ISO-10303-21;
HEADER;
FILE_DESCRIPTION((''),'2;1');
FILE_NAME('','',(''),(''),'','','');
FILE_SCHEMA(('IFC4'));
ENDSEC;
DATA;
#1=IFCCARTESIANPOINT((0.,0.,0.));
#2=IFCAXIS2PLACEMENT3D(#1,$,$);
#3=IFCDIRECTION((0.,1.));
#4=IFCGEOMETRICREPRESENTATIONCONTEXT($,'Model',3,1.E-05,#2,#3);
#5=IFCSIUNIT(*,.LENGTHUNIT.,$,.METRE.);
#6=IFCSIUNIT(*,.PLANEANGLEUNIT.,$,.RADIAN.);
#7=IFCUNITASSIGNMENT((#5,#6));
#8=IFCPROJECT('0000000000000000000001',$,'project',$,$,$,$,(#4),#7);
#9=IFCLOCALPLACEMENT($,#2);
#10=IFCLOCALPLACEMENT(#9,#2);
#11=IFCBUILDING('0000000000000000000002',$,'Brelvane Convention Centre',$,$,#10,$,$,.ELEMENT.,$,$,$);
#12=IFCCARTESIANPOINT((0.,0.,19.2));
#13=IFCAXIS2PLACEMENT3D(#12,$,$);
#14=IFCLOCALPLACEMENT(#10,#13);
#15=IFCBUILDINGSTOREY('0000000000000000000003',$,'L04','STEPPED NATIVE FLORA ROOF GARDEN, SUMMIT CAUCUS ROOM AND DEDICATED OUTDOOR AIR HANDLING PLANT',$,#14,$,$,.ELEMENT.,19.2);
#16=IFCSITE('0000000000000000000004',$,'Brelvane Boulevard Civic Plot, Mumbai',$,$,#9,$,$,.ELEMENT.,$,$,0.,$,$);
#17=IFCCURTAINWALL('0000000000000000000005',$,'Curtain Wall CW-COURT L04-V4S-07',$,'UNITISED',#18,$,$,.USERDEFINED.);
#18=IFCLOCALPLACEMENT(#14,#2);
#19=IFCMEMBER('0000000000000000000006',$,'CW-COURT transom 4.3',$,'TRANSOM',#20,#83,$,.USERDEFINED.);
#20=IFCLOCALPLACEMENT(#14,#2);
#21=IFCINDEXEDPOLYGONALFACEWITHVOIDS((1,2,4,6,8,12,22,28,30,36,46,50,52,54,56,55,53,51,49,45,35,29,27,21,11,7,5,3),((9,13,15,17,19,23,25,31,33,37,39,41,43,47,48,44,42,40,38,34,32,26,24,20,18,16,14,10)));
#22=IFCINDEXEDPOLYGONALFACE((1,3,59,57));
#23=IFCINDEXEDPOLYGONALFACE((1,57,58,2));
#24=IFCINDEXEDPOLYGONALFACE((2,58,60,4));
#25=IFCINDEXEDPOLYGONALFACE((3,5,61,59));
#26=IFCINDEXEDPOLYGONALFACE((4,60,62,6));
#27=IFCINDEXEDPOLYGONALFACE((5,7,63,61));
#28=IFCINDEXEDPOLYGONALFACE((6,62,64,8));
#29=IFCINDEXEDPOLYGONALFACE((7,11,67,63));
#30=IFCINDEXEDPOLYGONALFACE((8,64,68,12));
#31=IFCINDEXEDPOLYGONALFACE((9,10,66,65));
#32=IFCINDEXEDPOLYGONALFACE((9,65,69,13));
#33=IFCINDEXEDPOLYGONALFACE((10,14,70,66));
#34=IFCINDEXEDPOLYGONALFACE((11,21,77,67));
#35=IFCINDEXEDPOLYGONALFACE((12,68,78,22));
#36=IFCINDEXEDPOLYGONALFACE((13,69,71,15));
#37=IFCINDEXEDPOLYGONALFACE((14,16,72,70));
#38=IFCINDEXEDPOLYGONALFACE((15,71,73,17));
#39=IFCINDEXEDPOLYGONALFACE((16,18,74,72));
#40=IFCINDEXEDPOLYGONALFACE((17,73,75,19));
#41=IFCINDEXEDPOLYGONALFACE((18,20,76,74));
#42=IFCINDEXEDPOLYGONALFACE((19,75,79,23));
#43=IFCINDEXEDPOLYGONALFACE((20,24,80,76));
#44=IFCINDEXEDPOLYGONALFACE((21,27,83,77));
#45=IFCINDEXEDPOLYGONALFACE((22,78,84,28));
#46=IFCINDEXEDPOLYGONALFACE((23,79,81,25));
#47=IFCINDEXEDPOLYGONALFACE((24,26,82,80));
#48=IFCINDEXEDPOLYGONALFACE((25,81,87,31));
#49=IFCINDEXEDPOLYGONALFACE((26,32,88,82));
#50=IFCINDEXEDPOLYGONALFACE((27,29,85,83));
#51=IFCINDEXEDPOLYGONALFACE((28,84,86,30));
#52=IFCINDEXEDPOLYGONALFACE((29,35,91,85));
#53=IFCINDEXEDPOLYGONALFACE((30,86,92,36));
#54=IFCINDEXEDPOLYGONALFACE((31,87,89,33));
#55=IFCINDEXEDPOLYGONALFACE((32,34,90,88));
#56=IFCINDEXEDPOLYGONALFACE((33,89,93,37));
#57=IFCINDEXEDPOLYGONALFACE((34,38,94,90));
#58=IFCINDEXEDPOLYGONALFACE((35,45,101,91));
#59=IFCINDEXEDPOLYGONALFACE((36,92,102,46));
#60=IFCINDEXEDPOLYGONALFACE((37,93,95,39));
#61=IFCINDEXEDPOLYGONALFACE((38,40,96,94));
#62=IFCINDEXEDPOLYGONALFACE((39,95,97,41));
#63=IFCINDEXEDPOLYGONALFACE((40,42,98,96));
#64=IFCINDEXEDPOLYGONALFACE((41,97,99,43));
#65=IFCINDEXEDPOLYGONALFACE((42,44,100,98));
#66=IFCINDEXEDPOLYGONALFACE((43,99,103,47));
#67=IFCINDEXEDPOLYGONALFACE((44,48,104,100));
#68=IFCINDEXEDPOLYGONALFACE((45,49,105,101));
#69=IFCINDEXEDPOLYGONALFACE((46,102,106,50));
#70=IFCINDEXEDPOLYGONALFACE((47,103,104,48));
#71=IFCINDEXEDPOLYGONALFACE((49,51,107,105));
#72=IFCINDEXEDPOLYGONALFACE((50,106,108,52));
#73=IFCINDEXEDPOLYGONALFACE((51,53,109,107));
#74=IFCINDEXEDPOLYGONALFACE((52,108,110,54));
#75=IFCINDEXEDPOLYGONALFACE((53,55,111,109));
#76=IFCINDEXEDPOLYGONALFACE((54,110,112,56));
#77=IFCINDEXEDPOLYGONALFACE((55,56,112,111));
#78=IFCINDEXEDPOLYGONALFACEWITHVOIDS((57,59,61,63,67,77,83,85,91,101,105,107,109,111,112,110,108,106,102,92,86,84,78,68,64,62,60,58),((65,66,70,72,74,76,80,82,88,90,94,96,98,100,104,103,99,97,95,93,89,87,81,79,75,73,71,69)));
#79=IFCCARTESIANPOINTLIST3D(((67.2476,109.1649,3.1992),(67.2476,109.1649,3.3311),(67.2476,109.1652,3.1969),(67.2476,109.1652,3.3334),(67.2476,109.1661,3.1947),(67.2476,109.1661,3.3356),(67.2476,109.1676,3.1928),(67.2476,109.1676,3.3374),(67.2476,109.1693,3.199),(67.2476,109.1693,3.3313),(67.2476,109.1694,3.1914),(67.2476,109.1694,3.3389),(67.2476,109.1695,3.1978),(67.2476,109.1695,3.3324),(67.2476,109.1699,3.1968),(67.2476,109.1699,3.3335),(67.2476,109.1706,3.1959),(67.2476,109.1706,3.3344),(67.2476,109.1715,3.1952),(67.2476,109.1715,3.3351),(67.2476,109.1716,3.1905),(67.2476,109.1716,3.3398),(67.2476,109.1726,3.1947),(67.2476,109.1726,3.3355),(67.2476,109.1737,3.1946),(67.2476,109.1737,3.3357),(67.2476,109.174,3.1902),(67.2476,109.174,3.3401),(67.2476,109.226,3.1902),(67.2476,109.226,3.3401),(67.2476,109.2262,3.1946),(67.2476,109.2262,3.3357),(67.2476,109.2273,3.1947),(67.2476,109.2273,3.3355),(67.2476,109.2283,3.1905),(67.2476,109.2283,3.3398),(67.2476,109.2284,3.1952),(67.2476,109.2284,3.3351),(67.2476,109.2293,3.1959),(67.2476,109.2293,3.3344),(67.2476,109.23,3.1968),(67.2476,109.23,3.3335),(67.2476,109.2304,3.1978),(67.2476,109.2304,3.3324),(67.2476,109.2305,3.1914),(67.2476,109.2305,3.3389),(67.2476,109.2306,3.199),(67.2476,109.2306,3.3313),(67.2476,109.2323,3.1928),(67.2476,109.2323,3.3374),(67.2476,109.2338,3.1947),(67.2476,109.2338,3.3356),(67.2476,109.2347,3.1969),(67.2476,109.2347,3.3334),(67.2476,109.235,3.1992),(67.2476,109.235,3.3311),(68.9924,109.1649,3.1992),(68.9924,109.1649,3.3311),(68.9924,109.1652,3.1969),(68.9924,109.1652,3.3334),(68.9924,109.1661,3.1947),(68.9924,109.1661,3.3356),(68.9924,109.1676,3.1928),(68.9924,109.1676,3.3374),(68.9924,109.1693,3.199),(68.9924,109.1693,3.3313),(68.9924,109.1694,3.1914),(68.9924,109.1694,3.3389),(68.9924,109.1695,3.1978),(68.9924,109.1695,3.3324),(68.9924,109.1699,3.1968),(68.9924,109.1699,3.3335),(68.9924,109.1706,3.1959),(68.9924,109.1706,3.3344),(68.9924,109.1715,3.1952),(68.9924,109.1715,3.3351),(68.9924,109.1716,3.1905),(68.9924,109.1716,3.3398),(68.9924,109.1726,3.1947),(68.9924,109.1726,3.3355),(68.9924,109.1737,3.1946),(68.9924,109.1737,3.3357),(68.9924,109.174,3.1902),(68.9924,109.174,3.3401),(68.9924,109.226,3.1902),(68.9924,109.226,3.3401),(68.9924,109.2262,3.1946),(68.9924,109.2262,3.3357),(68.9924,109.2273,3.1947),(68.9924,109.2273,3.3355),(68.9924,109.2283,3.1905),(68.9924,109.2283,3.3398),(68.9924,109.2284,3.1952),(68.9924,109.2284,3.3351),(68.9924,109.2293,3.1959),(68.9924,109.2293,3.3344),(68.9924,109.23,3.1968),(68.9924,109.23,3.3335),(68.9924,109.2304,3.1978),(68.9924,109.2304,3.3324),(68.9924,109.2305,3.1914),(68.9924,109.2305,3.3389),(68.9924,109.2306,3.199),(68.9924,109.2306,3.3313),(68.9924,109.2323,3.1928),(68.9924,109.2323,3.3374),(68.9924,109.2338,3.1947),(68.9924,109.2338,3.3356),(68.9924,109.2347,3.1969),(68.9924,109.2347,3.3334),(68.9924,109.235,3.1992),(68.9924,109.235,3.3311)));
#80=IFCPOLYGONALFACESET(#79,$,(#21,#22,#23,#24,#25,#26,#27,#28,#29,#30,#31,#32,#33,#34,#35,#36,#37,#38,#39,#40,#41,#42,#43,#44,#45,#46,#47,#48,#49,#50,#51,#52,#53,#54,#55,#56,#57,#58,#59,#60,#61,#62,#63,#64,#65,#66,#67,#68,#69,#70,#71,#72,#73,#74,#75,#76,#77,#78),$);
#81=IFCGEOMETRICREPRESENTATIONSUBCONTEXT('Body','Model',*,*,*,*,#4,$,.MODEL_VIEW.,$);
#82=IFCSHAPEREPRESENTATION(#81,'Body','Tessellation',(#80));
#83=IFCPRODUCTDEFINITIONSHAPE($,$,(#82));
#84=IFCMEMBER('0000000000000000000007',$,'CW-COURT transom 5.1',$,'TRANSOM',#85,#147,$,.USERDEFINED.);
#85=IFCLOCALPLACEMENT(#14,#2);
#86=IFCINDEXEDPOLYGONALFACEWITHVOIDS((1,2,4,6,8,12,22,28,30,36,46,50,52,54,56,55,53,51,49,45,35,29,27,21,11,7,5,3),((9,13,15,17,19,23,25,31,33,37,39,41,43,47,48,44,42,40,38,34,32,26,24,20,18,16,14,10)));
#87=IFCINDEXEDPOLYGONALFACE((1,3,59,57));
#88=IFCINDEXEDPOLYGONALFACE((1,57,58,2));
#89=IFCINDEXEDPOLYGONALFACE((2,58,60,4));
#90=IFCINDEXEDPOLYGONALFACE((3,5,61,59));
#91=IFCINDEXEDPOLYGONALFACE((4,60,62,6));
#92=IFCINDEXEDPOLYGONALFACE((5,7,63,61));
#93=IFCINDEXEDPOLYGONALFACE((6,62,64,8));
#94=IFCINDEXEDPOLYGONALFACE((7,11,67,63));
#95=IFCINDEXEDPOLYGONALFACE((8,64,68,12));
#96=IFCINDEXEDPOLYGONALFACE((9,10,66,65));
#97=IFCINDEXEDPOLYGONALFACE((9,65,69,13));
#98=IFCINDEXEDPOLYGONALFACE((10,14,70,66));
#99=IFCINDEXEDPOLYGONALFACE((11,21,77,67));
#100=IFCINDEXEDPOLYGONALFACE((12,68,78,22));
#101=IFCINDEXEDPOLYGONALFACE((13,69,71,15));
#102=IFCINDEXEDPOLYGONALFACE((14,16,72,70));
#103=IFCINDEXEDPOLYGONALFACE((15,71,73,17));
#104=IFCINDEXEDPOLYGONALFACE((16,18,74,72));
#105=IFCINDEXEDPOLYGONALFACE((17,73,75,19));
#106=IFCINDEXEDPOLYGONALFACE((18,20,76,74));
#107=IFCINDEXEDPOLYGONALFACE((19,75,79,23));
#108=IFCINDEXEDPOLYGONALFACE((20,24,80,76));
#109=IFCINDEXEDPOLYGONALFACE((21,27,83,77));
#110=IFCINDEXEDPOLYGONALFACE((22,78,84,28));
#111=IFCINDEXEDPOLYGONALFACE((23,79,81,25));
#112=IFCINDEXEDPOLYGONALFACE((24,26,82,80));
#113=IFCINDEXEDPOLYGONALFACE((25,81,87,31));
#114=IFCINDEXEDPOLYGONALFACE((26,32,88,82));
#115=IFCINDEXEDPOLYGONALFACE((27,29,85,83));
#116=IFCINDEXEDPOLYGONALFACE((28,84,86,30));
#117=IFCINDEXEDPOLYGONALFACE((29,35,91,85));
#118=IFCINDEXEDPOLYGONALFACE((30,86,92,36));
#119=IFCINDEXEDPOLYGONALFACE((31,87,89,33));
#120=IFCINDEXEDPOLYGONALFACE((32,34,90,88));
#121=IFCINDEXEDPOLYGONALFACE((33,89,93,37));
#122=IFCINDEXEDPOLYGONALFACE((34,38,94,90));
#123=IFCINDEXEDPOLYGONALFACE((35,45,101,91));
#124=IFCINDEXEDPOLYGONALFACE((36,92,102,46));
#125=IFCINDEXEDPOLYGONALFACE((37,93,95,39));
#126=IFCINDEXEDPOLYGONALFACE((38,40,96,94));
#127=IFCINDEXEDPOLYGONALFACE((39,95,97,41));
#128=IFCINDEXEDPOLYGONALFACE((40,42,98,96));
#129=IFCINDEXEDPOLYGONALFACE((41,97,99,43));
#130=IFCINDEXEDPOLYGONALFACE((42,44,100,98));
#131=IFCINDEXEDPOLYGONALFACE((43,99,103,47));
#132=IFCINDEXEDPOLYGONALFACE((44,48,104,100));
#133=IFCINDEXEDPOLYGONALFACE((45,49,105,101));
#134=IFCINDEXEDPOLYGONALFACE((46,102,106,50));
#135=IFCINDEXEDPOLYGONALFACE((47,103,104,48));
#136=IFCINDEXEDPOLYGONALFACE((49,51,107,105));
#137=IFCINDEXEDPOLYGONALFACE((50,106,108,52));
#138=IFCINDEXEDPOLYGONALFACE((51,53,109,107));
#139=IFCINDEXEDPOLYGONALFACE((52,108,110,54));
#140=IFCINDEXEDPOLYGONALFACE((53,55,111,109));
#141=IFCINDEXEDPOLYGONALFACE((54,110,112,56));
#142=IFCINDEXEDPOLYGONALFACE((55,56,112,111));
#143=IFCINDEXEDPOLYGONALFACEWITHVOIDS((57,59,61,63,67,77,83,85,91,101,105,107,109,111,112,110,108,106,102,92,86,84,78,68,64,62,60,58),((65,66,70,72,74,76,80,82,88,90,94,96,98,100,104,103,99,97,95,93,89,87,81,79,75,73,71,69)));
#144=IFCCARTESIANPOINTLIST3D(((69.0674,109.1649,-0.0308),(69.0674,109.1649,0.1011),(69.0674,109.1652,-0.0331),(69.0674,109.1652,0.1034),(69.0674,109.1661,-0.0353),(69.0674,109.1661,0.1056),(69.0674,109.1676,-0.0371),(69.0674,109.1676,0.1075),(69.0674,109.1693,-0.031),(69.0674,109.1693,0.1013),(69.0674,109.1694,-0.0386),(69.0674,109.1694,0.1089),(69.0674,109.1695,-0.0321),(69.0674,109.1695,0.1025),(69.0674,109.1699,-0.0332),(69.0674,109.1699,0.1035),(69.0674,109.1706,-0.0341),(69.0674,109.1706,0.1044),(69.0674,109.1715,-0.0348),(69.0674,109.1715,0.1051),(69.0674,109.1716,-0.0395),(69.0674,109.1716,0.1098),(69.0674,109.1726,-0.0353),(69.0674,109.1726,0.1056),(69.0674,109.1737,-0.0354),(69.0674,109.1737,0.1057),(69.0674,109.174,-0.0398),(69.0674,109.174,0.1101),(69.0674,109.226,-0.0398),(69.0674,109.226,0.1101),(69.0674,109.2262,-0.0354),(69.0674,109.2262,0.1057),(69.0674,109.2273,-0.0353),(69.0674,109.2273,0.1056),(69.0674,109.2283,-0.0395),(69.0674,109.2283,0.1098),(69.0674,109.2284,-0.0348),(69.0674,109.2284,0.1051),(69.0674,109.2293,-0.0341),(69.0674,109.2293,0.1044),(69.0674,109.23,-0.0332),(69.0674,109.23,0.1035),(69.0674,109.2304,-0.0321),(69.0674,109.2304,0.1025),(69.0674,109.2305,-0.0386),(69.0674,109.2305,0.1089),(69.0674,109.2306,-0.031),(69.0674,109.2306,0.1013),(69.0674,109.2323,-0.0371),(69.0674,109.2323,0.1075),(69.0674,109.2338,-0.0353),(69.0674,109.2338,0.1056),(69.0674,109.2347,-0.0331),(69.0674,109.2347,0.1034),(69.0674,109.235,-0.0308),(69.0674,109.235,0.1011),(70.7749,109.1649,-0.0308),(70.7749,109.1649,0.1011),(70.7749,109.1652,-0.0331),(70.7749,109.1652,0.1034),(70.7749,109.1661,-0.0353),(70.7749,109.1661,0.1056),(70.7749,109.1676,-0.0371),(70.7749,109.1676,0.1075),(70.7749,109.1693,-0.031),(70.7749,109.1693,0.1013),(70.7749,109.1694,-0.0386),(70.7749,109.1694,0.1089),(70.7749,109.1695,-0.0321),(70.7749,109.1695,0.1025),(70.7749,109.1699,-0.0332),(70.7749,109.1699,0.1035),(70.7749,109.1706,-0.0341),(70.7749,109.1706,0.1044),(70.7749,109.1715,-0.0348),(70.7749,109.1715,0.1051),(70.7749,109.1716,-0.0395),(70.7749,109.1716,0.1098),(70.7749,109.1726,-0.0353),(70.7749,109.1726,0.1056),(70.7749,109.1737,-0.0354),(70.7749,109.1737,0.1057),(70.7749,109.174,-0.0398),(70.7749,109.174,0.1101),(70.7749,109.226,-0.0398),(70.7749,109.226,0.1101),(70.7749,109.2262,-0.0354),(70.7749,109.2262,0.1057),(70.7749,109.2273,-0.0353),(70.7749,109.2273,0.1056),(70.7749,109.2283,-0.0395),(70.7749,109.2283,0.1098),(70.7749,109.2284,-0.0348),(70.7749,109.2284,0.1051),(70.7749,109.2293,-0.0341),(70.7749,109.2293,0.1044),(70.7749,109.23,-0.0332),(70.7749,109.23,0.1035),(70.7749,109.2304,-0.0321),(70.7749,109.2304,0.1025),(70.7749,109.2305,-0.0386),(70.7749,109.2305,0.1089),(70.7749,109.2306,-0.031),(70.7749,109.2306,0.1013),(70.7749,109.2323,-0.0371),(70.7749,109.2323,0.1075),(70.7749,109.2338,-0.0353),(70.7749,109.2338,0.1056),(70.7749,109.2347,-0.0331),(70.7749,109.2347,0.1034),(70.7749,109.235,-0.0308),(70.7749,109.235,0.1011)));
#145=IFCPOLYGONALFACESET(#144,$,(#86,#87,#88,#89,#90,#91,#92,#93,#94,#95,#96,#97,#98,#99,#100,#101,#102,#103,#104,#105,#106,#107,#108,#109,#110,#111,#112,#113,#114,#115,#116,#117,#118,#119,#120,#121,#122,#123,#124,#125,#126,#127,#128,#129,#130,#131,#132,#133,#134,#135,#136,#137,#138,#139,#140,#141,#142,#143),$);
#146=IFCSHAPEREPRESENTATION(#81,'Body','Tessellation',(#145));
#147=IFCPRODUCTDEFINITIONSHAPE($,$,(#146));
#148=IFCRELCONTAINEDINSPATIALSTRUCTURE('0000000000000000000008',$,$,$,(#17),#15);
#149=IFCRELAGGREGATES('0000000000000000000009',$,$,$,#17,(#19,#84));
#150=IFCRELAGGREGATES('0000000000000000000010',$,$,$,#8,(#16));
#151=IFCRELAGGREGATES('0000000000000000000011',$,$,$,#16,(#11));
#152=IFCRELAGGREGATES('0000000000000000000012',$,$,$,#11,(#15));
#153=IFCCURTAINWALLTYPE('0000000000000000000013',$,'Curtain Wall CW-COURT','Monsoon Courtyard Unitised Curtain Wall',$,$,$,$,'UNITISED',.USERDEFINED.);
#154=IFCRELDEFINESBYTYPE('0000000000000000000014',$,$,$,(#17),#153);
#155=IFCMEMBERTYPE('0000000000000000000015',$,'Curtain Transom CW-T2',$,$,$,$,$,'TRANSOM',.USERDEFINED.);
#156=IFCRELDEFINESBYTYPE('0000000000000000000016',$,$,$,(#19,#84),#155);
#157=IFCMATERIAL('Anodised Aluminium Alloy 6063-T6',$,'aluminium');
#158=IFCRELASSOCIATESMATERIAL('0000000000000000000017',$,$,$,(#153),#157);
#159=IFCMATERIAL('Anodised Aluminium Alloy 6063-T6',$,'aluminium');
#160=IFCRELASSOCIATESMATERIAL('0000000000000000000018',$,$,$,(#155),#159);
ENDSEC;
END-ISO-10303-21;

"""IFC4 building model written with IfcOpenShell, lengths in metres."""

from ifc_helpers import new_model, si_unit, direction, frame, origin, origin_2d, place, context, subcontext, project, spatial, hollow_rectangle, extrude, material, material_profile, profile_set, type_object, element, aggregate, save


model = new_model("IFC4")

# Units and contexts
model_context = context("Model", 3, precision=1e-05, world=origin(), true_north=direction((0.0, 1.0)))
body_context = subcontext(model_context, "Body", "Model", "MODEL_VIEW")
ifc_project = project(units=[si_unit("LENGTHUNIT", "METRE"), si_unit("PLANEANGLEUNIT", "RADIAN")], contexts=[model_context])

# Site, building, storey
site_placement = place(None, origin())
site = spatial("IfcSite", under=ifc_project, at=site_placement, Name="Brelvane Boulevard Civic Plot, Mumbai", CompositionType="ELEMENT", RefElevation=0.0)
building_placement = place(site_placement, origin())
building = spatial("IfcBuilding", under=site, at=building_placement, Name="Brelvane Convention Centre", CompositionType="ELEMENT")
storey_placement = place(building_placement, frame((0.0, 0.0, 19.2)))
storey = spatial("IfcBuildingStorey", under=building, at=storey_placement, Name="L04", Description="STEPPED NATIVE FLORA ROOF GARDEN, SUMMIT CAUCUS ROOM AND DEDICATED OUTDOOR AIR HANDLING PLANT", CompositionType="ELEMENT", Elevation=19.2)

# Curtain wall, members
ifc_material_1 = material(Name="Anodised Aluminium Alloy 6063-T6", Category="aluminium")
curtain_wall_type = type_object("IfcCurtainWallType", Name="Curtain Wall CW-COURT", Description="Monsoon Courtyard Unitised Curtain Wall", ElementType="UNITISED", PredefinedType="USERDEFINED", material=ifc_material_1)
curtain_wall_placement = place(storey_placement, origin())
curtain_wall = element("IfcCurtainWall", 1, at=curtain_wall_placement, inside=storey, type_object=curtain_wall_type, Name="Curtain Wall CW-COURT L04-V4S-07", ObjectType="UNITISED", PredefinedType="USERDEFINED")
ifc_material_2 = material(Name="Anodised Aluminium Alloy 6063-T6", Category="aluminium")
ifc_material_profile_1 = material_profile(ifc_material_2, hollow_rectangle(XDim=0.0701, YDim=0.1499, WallThickness=0.0044, InnerFilletRadius=0.0044, OuterFilletRadius=0.009, at=origin_2d()), Name="ALU-T 150x70x4.5")
ifc_profile_set_1 = profile_set([ifc_material_profile_1], Name="Anodised Aluminium Alloy 6063-T6")
member_type_1 = type_object("IfcMemberType", Name="Curtain Transom CW-T2", ElementType="TRANSOM", PredefinedType="USERDEFINED", material=ifc_profile_set_1)
member_1_placement = place(storey_placement, frame((67.2476, 109.2, 3.2651), z_axis=(1.0, 0.0, 0.0), x_axis=(0.0, 1.0, 0.0)))
member_1 = element("IfcMember", 2, at=member_1_placement, type_object=member_type_1, Name="CW-COURT transom 4.3", ObjectType="TRANSOM", PredefinedType="USERDEFINED", context=body_context, shape_type="SweptSolid", body=[
    extrude(hollow_rectangle(XDim=0.0701, YDim=0.1499, WallThickness=0.0044, InnerFilletRadius=0.0044, OuterFilletRadius=0.009, at=origin_2d()), origin(), (0.0, 0.0, 1.0), 1.7449),
])
member_2_placement = place(storey_placement, frame((69.0674, 109.2, 0.0352), z_axis=(1.0, 0.0, 0.0), x_axis=(0.0, 1.0, 0.0)))
member_2 = element("IfcMember", 3, at=member_2_placement, type_object=member_type_1, Name="CW-COURT transom 5.1", ObjectType="TRANSOM", PredefinedType="USERDEFINED", context=body_context, shape_type="SweptSolid", body=[
    extrude(hollow_rectangle(XDim=0.0701, YDim=0.1499, WallThickness=0.0044, InnerFilletRadius=0.0044, OuterFilletRadius=0.009, at=origin_2d()), origin(), (0.0, 0.0, 1.0), 1.7075),
])

aggregate(curtain_wall, [member_1, member_2])

save(model, "model.ifc")
